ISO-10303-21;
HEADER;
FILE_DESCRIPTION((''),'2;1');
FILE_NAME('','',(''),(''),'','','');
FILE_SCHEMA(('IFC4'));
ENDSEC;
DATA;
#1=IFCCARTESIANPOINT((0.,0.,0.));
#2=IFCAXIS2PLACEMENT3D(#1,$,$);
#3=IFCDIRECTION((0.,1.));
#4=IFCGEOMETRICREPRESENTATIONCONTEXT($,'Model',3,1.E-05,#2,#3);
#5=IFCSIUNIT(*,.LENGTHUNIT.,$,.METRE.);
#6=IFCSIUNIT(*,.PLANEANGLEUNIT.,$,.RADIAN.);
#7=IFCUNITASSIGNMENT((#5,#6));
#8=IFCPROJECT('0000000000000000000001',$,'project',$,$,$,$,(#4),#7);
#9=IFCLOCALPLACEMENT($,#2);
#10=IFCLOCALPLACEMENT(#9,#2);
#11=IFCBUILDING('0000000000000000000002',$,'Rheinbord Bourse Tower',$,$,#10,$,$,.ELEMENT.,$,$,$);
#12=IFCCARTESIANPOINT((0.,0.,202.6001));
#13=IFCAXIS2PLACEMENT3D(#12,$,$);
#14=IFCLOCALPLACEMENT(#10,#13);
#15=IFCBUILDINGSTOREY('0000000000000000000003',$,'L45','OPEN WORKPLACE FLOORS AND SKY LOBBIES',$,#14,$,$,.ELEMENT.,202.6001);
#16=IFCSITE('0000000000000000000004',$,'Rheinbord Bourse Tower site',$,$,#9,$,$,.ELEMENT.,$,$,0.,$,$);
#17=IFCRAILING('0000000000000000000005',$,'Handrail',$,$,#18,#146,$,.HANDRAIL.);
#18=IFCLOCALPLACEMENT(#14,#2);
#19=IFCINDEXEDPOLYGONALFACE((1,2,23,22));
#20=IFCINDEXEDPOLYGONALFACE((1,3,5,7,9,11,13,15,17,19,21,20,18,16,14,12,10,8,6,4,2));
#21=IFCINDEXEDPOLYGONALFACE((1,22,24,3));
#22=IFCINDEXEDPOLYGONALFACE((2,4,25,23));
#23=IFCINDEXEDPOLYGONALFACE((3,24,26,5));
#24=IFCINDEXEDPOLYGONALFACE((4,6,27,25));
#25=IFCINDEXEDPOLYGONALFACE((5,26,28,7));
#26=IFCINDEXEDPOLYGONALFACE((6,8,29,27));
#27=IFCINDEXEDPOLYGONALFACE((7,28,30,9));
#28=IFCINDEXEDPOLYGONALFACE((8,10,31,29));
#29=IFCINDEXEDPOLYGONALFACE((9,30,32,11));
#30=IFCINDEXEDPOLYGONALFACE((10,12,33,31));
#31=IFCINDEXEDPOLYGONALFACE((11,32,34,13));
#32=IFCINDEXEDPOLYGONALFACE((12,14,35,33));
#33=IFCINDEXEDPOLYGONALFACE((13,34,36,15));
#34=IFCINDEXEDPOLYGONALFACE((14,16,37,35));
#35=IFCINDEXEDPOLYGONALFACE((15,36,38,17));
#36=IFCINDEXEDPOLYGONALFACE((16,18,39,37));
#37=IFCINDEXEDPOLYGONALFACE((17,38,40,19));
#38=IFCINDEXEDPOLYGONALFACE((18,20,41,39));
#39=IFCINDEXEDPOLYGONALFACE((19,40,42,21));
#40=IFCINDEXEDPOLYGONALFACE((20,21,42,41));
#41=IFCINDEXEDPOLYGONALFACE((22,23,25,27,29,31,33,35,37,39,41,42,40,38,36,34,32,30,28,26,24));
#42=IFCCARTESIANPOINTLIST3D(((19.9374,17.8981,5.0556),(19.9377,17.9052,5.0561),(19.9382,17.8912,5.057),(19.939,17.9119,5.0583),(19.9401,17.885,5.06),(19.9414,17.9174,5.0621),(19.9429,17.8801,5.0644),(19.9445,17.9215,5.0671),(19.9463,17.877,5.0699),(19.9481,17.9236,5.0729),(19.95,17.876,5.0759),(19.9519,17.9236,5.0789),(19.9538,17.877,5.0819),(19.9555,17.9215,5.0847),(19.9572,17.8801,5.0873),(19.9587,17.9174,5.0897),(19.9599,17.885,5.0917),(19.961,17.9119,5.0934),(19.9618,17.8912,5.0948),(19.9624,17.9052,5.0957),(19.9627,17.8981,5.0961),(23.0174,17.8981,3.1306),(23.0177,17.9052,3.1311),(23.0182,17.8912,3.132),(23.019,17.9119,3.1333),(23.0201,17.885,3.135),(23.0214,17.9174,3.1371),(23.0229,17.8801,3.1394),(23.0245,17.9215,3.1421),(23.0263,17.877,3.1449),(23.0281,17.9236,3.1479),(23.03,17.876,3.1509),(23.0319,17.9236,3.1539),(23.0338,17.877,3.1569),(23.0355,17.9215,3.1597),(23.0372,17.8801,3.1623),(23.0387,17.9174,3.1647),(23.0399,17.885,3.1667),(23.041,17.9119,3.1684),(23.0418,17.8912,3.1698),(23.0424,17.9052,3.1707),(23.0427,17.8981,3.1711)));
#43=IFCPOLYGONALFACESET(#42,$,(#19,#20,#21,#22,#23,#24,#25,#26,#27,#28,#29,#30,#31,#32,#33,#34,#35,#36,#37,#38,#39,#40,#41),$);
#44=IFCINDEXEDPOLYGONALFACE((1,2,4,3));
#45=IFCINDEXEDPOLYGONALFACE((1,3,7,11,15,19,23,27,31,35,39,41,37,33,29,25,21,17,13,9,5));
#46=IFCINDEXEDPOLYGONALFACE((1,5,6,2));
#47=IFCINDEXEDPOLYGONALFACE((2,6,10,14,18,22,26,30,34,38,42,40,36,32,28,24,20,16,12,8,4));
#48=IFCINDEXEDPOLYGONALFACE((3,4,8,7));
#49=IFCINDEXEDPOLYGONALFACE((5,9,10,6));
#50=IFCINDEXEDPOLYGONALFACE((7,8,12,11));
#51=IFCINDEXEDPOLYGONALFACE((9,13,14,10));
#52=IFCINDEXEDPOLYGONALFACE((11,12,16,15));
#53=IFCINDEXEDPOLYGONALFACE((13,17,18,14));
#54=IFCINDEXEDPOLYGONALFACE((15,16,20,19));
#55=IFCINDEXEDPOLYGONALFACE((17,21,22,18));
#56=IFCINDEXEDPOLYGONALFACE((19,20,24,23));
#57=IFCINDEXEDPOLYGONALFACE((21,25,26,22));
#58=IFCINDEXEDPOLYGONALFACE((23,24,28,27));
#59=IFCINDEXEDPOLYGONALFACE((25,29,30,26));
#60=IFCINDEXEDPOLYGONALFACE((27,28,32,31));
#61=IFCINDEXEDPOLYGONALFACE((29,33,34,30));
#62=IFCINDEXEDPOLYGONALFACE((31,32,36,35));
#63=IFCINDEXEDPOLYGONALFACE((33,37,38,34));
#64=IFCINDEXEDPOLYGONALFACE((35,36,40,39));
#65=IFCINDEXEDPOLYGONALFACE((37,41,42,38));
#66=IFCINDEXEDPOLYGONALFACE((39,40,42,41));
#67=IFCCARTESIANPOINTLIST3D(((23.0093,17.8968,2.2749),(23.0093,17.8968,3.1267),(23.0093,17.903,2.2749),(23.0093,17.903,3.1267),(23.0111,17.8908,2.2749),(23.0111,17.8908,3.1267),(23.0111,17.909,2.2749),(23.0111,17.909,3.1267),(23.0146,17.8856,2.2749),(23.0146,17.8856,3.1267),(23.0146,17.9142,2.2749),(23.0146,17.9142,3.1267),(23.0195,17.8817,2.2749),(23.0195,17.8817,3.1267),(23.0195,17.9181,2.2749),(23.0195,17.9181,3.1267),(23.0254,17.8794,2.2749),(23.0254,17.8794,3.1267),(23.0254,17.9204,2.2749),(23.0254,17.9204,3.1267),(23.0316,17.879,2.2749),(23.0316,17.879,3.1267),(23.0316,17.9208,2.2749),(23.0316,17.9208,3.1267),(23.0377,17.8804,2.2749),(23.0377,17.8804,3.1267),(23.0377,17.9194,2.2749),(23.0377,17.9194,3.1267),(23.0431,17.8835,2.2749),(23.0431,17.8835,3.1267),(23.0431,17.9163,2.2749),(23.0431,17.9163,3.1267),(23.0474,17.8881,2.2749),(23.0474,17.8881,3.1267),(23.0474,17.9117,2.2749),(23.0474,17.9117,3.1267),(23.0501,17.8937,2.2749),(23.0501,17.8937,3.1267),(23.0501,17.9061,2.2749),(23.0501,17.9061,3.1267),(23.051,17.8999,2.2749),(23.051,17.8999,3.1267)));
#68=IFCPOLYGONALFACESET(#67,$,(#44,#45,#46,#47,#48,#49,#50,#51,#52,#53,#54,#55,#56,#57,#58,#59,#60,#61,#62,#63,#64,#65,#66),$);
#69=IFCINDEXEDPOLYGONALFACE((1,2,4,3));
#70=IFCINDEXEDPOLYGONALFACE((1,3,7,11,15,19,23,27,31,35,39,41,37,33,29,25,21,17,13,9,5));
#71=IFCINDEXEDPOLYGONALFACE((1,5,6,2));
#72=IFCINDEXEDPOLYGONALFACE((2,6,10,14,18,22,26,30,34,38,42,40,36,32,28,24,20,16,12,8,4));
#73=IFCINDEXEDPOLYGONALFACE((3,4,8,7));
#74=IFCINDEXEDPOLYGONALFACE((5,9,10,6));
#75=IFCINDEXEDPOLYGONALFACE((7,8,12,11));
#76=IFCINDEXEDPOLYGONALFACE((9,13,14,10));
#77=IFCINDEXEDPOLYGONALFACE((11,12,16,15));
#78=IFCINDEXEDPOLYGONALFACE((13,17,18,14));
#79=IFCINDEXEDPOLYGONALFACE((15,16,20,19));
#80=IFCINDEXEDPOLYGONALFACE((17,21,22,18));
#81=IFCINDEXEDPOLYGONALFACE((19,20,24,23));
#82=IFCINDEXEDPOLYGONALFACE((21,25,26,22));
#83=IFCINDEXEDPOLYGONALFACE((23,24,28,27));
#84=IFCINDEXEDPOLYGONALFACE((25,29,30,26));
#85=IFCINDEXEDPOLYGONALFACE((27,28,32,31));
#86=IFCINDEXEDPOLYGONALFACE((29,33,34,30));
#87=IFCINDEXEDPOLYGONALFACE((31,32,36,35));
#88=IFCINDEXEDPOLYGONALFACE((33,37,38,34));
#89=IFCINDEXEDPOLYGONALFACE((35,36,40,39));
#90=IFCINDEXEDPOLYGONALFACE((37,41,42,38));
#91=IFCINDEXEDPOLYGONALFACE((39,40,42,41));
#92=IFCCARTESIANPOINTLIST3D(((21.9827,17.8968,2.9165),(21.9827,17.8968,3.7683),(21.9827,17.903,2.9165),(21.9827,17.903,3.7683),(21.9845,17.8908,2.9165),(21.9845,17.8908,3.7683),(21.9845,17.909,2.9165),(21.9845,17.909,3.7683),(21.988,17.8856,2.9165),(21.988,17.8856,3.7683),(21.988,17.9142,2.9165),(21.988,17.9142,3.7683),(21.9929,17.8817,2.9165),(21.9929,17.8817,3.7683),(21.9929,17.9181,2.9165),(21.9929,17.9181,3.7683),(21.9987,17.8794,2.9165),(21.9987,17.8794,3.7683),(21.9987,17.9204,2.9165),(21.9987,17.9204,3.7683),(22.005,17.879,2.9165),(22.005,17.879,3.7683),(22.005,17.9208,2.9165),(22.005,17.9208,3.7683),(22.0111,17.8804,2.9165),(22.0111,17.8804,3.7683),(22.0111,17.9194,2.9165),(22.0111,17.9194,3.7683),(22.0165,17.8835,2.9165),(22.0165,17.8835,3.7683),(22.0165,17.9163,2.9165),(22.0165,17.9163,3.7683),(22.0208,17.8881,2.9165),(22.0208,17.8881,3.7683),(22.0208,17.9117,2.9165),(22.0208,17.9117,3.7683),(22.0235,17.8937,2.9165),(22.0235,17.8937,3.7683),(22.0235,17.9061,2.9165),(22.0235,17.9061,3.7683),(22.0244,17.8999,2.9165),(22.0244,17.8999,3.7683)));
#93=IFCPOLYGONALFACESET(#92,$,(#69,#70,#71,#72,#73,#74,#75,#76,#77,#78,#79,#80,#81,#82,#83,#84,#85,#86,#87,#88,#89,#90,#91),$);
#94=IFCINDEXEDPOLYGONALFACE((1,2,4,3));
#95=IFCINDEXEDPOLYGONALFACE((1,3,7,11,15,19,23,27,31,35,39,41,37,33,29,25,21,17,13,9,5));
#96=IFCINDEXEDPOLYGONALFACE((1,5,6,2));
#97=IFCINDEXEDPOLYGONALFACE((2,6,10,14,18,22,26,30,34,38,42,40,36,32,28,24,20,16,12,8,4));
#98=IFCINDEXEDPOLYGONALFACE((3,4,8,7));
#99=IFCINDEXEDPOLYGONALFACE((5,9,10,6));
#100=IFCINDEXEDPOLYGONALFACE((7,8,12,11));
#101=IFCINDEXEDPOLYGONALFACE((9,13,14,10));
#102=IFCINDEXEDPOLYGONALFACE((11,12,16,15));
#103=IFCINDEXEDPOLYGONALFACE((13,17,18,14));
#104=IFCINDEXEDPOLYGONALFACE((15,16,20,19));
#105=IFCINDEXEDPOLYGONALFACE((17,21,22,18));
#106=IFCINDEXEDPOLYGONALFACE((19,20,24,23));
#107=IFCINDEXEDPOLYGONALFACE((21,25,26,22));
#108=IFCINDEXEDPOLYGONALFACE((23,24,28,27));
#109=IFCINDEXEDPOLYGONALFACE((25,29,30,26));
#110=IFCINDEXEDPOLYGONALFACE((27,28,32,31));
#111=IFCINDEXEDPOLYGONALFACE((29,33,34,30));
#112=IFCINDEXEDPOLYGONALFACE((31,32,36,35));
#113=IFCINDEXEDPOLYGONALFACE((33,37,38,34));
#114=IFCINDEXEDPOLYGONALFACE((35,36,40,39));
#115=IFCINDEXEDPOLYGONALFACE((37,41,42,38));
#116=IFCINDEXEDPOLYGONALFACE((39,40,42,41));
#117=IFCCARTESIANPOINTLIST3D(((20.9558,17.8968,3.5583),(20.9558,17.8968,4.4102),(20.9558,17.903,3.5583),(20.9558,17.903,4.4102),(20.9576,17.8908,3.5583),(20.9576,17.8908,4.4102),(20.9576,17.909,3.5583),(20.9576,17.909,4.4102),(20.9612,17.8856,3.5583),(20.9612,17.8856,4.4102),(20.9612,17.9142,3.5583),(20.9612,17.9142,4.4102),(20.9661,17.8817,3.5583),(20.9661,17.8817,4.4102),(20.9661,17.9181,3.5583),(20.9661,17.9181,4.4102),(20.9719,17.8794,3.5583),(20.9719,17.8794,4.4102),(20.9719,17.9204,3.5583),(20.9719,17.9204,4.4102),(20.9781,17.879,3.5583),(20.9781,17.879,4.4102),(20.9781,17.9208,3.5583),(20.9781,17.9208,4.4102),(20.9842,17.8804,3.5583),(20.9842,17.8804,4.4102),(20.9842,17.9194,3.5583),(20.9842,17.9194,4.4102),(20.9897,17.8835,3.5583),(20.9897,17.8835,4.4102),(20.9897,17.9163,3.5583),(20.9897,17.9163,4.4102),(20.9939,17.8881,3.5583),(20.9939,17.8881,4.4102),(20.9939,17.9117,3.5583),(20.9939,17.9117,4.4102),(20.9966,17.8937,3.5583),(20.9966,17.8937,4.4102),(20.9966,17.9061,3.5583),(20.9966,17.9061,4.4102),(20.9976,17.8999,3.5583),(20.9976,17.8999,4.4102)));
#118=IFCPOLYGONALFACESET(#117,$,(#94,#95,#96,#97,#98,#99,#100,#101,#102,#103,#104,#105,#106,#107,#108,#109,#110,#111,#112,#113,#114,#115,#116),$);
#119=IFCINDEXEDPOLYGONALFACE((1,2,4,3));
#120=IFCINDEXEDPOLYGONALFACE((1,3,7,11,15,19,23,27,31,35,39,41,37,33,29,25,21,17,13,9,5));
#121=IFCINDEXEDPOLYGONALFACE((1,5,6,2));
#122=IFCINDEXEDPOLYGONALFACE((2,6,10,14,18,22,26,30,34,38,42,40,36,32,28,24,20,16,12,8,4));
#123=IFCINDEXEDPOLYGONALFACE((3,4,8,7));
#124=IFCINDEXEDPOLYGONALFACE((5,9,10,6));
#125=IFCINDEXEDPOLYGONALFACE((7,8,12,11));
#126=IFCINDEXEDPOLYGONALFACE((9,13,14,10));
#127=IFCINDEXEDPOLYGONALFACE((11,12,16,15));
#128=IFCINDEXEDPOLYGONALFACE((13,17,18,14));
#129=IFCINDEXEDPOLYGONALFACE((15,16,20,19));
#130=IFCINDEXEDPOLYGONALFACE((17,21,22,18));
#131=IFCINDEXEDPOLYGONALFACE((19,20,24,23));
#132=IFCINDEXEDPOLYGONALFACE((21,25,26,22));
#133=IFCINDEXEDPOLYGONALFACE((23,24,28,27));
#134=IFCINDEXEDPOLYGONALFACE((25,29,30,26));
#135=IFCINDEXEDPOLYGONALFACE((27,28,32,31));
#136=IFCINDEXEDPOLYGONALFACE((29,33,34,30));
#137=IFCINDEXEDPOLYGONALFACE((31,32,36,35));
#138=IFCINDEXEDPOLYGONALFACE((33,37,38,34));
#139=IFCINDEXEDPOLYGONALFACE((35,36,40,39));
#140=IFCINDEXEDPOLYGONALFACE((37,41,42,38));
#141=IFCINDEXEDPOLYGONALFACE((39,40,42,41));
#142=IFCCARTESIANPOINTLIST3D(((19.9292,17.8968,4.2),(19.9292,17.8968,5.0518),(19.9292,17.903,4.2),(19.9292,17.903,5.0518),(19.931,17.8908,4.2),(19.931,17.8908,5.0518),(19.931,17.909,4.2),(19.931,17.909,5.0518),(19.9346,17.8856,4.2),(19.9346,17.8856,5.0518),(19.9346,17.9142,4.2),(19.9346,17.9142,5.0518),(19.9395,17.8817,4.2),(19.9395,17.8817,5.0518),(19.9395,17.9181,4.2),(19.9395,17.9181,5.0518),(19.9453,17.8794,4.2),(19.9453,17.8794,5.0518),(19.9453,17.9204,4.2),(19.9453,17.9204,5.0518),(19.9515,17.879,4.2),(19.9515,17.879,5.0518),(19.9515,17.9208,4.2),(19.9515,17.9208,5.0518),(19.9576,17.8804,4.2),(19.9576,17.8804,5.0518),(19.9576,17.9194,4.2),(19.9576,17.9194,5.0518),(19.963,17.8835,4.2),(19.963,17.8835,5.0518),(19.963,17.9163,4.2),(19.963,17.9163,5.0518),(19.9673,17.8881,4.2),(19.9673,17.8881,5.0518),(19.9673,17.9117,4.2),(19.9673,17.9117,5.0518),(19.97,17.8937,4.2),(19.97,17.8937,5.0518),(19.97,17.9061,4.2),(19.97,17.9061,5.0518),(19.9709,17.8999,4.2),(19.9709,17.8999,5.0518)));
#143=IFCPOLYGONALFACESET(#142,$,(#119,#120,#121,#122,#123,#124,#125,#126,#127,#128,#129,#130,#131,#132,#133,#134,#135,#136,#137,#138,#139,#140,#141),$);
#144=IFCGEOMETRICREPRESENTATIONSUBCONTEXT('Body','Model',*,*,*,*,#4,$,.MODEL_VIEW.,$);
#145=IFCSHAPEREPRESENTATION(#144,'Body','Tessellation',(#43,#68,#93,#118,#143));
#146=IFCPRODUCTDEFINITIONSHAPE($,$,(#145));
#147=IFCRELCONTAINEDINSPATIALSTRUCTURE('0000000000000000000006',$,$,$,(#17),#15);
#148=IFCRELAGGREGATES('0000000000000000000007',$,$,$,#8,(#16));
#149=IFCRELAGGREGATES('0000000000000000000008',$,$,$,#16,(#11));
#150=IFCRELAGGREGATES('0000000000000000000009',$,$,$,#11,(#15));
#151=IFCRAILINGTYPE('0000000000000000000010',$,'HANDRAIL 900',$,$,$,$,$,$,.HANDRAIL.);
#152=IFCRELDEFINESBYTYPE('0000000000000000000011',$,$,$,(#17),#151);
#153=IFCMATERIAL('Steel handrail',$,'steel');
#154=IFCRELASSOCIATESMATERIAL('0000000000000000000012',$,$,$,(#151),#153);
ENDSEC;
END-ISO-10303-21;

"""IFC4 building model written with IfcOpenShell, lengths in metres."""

from ifc_helpers import new_model, si_unit, direction, frame, origin, origin_2d, place, context, subcontext, project, spatial, circle, extrude, material, type_object, element, save


model = new_model("IFC4")

# Units and contexts
model_context = context("Model", 3, precision=1e-05, world=origin(), true_north=direction((0.0, 1.0)))
body_context = subcontext(model_context, "Body", "Model", "MODEL_VIEW")
ifc_project = project(units=[si_unit("LENGTHUNIT", "METRE"), si_unit("PLANEANGLEUNIT", "RADIAN")], contexts=[model_context])

# Site, building, storey
site_placement = place(None, origin())
site = spatial("IfcSite", under=ifc_project, at=site_placement, Name="Rheinbord Bourse Tower site", CompositionType="ELEMENT", RefElevation=0.0)
building_placement = place(site_placement, origin())
building = spatial("IfcBuilding", under=site, at=building_placement, Name="Rheinbord Bourse Tower", CompositionType="ELEMENT")
storey_placement = place(building_placement, frame((0.0, 0.0, 202.6001)))
storey = spatial("IfcBuildingStorey", under=building, at=storey_placement, Name="L45", Description="OPEN WORKPLACE FLOORS AND SKY LOBBIES", CompositionType="ELEMENT", Elevation=202.6001)

# Railing
ifc_material_1 = material(Name="Steel handrail", Category="steel")
railing_type = type_object("IfcRailingType", Name="HANDRAIL 900", PredefinedType="HANDRAIL", material=ifc_material_1)
railing_1_placement = place(storey_placement, frame((23.03, 17.8999, 2.2749)))
element("IfcRailing", 1, at=railing_1_placement, inside=storey, type_object=railing_type, Name="Handrail", PredefinedType="HANDRAIL", context=body_context, shape_type="SweptSolid", body=[
    extrude(circle(Radius=0.0239, at=origin_2d()), frame((0.0, 0.0, 0.876), z_axis=(-0.847998, 0.0, 0.529999), x_axis=(0.0, -1.0, 0.0)), (0.0, 0.0, 1.0), 3.6321),
    extrude(circle(Radius=0.021, at=origin_2d()), origin(), (0.0, 0.0, 1.0), 0.8518),
    extrude(circle(Radius=0.021, at=origin_2d()), frame((-1.0266, 0.0, 0.6416)), (0.0, 0.0, 1.0), 0.8518),
    extrude(circle(Radius=0.021, at=origin_2d()), frame((-2.0535, 0.0, 1.2834)), (0.0, 0.0, 1.0), 0.8518),
    extrude(circle(Radius=0.021, at=origin_2d()), frame((-3.0801, 0.0, 1.925)), (0.0, 0.0, 1.0), 0.8518),
])

save(model, "model.ifc")
